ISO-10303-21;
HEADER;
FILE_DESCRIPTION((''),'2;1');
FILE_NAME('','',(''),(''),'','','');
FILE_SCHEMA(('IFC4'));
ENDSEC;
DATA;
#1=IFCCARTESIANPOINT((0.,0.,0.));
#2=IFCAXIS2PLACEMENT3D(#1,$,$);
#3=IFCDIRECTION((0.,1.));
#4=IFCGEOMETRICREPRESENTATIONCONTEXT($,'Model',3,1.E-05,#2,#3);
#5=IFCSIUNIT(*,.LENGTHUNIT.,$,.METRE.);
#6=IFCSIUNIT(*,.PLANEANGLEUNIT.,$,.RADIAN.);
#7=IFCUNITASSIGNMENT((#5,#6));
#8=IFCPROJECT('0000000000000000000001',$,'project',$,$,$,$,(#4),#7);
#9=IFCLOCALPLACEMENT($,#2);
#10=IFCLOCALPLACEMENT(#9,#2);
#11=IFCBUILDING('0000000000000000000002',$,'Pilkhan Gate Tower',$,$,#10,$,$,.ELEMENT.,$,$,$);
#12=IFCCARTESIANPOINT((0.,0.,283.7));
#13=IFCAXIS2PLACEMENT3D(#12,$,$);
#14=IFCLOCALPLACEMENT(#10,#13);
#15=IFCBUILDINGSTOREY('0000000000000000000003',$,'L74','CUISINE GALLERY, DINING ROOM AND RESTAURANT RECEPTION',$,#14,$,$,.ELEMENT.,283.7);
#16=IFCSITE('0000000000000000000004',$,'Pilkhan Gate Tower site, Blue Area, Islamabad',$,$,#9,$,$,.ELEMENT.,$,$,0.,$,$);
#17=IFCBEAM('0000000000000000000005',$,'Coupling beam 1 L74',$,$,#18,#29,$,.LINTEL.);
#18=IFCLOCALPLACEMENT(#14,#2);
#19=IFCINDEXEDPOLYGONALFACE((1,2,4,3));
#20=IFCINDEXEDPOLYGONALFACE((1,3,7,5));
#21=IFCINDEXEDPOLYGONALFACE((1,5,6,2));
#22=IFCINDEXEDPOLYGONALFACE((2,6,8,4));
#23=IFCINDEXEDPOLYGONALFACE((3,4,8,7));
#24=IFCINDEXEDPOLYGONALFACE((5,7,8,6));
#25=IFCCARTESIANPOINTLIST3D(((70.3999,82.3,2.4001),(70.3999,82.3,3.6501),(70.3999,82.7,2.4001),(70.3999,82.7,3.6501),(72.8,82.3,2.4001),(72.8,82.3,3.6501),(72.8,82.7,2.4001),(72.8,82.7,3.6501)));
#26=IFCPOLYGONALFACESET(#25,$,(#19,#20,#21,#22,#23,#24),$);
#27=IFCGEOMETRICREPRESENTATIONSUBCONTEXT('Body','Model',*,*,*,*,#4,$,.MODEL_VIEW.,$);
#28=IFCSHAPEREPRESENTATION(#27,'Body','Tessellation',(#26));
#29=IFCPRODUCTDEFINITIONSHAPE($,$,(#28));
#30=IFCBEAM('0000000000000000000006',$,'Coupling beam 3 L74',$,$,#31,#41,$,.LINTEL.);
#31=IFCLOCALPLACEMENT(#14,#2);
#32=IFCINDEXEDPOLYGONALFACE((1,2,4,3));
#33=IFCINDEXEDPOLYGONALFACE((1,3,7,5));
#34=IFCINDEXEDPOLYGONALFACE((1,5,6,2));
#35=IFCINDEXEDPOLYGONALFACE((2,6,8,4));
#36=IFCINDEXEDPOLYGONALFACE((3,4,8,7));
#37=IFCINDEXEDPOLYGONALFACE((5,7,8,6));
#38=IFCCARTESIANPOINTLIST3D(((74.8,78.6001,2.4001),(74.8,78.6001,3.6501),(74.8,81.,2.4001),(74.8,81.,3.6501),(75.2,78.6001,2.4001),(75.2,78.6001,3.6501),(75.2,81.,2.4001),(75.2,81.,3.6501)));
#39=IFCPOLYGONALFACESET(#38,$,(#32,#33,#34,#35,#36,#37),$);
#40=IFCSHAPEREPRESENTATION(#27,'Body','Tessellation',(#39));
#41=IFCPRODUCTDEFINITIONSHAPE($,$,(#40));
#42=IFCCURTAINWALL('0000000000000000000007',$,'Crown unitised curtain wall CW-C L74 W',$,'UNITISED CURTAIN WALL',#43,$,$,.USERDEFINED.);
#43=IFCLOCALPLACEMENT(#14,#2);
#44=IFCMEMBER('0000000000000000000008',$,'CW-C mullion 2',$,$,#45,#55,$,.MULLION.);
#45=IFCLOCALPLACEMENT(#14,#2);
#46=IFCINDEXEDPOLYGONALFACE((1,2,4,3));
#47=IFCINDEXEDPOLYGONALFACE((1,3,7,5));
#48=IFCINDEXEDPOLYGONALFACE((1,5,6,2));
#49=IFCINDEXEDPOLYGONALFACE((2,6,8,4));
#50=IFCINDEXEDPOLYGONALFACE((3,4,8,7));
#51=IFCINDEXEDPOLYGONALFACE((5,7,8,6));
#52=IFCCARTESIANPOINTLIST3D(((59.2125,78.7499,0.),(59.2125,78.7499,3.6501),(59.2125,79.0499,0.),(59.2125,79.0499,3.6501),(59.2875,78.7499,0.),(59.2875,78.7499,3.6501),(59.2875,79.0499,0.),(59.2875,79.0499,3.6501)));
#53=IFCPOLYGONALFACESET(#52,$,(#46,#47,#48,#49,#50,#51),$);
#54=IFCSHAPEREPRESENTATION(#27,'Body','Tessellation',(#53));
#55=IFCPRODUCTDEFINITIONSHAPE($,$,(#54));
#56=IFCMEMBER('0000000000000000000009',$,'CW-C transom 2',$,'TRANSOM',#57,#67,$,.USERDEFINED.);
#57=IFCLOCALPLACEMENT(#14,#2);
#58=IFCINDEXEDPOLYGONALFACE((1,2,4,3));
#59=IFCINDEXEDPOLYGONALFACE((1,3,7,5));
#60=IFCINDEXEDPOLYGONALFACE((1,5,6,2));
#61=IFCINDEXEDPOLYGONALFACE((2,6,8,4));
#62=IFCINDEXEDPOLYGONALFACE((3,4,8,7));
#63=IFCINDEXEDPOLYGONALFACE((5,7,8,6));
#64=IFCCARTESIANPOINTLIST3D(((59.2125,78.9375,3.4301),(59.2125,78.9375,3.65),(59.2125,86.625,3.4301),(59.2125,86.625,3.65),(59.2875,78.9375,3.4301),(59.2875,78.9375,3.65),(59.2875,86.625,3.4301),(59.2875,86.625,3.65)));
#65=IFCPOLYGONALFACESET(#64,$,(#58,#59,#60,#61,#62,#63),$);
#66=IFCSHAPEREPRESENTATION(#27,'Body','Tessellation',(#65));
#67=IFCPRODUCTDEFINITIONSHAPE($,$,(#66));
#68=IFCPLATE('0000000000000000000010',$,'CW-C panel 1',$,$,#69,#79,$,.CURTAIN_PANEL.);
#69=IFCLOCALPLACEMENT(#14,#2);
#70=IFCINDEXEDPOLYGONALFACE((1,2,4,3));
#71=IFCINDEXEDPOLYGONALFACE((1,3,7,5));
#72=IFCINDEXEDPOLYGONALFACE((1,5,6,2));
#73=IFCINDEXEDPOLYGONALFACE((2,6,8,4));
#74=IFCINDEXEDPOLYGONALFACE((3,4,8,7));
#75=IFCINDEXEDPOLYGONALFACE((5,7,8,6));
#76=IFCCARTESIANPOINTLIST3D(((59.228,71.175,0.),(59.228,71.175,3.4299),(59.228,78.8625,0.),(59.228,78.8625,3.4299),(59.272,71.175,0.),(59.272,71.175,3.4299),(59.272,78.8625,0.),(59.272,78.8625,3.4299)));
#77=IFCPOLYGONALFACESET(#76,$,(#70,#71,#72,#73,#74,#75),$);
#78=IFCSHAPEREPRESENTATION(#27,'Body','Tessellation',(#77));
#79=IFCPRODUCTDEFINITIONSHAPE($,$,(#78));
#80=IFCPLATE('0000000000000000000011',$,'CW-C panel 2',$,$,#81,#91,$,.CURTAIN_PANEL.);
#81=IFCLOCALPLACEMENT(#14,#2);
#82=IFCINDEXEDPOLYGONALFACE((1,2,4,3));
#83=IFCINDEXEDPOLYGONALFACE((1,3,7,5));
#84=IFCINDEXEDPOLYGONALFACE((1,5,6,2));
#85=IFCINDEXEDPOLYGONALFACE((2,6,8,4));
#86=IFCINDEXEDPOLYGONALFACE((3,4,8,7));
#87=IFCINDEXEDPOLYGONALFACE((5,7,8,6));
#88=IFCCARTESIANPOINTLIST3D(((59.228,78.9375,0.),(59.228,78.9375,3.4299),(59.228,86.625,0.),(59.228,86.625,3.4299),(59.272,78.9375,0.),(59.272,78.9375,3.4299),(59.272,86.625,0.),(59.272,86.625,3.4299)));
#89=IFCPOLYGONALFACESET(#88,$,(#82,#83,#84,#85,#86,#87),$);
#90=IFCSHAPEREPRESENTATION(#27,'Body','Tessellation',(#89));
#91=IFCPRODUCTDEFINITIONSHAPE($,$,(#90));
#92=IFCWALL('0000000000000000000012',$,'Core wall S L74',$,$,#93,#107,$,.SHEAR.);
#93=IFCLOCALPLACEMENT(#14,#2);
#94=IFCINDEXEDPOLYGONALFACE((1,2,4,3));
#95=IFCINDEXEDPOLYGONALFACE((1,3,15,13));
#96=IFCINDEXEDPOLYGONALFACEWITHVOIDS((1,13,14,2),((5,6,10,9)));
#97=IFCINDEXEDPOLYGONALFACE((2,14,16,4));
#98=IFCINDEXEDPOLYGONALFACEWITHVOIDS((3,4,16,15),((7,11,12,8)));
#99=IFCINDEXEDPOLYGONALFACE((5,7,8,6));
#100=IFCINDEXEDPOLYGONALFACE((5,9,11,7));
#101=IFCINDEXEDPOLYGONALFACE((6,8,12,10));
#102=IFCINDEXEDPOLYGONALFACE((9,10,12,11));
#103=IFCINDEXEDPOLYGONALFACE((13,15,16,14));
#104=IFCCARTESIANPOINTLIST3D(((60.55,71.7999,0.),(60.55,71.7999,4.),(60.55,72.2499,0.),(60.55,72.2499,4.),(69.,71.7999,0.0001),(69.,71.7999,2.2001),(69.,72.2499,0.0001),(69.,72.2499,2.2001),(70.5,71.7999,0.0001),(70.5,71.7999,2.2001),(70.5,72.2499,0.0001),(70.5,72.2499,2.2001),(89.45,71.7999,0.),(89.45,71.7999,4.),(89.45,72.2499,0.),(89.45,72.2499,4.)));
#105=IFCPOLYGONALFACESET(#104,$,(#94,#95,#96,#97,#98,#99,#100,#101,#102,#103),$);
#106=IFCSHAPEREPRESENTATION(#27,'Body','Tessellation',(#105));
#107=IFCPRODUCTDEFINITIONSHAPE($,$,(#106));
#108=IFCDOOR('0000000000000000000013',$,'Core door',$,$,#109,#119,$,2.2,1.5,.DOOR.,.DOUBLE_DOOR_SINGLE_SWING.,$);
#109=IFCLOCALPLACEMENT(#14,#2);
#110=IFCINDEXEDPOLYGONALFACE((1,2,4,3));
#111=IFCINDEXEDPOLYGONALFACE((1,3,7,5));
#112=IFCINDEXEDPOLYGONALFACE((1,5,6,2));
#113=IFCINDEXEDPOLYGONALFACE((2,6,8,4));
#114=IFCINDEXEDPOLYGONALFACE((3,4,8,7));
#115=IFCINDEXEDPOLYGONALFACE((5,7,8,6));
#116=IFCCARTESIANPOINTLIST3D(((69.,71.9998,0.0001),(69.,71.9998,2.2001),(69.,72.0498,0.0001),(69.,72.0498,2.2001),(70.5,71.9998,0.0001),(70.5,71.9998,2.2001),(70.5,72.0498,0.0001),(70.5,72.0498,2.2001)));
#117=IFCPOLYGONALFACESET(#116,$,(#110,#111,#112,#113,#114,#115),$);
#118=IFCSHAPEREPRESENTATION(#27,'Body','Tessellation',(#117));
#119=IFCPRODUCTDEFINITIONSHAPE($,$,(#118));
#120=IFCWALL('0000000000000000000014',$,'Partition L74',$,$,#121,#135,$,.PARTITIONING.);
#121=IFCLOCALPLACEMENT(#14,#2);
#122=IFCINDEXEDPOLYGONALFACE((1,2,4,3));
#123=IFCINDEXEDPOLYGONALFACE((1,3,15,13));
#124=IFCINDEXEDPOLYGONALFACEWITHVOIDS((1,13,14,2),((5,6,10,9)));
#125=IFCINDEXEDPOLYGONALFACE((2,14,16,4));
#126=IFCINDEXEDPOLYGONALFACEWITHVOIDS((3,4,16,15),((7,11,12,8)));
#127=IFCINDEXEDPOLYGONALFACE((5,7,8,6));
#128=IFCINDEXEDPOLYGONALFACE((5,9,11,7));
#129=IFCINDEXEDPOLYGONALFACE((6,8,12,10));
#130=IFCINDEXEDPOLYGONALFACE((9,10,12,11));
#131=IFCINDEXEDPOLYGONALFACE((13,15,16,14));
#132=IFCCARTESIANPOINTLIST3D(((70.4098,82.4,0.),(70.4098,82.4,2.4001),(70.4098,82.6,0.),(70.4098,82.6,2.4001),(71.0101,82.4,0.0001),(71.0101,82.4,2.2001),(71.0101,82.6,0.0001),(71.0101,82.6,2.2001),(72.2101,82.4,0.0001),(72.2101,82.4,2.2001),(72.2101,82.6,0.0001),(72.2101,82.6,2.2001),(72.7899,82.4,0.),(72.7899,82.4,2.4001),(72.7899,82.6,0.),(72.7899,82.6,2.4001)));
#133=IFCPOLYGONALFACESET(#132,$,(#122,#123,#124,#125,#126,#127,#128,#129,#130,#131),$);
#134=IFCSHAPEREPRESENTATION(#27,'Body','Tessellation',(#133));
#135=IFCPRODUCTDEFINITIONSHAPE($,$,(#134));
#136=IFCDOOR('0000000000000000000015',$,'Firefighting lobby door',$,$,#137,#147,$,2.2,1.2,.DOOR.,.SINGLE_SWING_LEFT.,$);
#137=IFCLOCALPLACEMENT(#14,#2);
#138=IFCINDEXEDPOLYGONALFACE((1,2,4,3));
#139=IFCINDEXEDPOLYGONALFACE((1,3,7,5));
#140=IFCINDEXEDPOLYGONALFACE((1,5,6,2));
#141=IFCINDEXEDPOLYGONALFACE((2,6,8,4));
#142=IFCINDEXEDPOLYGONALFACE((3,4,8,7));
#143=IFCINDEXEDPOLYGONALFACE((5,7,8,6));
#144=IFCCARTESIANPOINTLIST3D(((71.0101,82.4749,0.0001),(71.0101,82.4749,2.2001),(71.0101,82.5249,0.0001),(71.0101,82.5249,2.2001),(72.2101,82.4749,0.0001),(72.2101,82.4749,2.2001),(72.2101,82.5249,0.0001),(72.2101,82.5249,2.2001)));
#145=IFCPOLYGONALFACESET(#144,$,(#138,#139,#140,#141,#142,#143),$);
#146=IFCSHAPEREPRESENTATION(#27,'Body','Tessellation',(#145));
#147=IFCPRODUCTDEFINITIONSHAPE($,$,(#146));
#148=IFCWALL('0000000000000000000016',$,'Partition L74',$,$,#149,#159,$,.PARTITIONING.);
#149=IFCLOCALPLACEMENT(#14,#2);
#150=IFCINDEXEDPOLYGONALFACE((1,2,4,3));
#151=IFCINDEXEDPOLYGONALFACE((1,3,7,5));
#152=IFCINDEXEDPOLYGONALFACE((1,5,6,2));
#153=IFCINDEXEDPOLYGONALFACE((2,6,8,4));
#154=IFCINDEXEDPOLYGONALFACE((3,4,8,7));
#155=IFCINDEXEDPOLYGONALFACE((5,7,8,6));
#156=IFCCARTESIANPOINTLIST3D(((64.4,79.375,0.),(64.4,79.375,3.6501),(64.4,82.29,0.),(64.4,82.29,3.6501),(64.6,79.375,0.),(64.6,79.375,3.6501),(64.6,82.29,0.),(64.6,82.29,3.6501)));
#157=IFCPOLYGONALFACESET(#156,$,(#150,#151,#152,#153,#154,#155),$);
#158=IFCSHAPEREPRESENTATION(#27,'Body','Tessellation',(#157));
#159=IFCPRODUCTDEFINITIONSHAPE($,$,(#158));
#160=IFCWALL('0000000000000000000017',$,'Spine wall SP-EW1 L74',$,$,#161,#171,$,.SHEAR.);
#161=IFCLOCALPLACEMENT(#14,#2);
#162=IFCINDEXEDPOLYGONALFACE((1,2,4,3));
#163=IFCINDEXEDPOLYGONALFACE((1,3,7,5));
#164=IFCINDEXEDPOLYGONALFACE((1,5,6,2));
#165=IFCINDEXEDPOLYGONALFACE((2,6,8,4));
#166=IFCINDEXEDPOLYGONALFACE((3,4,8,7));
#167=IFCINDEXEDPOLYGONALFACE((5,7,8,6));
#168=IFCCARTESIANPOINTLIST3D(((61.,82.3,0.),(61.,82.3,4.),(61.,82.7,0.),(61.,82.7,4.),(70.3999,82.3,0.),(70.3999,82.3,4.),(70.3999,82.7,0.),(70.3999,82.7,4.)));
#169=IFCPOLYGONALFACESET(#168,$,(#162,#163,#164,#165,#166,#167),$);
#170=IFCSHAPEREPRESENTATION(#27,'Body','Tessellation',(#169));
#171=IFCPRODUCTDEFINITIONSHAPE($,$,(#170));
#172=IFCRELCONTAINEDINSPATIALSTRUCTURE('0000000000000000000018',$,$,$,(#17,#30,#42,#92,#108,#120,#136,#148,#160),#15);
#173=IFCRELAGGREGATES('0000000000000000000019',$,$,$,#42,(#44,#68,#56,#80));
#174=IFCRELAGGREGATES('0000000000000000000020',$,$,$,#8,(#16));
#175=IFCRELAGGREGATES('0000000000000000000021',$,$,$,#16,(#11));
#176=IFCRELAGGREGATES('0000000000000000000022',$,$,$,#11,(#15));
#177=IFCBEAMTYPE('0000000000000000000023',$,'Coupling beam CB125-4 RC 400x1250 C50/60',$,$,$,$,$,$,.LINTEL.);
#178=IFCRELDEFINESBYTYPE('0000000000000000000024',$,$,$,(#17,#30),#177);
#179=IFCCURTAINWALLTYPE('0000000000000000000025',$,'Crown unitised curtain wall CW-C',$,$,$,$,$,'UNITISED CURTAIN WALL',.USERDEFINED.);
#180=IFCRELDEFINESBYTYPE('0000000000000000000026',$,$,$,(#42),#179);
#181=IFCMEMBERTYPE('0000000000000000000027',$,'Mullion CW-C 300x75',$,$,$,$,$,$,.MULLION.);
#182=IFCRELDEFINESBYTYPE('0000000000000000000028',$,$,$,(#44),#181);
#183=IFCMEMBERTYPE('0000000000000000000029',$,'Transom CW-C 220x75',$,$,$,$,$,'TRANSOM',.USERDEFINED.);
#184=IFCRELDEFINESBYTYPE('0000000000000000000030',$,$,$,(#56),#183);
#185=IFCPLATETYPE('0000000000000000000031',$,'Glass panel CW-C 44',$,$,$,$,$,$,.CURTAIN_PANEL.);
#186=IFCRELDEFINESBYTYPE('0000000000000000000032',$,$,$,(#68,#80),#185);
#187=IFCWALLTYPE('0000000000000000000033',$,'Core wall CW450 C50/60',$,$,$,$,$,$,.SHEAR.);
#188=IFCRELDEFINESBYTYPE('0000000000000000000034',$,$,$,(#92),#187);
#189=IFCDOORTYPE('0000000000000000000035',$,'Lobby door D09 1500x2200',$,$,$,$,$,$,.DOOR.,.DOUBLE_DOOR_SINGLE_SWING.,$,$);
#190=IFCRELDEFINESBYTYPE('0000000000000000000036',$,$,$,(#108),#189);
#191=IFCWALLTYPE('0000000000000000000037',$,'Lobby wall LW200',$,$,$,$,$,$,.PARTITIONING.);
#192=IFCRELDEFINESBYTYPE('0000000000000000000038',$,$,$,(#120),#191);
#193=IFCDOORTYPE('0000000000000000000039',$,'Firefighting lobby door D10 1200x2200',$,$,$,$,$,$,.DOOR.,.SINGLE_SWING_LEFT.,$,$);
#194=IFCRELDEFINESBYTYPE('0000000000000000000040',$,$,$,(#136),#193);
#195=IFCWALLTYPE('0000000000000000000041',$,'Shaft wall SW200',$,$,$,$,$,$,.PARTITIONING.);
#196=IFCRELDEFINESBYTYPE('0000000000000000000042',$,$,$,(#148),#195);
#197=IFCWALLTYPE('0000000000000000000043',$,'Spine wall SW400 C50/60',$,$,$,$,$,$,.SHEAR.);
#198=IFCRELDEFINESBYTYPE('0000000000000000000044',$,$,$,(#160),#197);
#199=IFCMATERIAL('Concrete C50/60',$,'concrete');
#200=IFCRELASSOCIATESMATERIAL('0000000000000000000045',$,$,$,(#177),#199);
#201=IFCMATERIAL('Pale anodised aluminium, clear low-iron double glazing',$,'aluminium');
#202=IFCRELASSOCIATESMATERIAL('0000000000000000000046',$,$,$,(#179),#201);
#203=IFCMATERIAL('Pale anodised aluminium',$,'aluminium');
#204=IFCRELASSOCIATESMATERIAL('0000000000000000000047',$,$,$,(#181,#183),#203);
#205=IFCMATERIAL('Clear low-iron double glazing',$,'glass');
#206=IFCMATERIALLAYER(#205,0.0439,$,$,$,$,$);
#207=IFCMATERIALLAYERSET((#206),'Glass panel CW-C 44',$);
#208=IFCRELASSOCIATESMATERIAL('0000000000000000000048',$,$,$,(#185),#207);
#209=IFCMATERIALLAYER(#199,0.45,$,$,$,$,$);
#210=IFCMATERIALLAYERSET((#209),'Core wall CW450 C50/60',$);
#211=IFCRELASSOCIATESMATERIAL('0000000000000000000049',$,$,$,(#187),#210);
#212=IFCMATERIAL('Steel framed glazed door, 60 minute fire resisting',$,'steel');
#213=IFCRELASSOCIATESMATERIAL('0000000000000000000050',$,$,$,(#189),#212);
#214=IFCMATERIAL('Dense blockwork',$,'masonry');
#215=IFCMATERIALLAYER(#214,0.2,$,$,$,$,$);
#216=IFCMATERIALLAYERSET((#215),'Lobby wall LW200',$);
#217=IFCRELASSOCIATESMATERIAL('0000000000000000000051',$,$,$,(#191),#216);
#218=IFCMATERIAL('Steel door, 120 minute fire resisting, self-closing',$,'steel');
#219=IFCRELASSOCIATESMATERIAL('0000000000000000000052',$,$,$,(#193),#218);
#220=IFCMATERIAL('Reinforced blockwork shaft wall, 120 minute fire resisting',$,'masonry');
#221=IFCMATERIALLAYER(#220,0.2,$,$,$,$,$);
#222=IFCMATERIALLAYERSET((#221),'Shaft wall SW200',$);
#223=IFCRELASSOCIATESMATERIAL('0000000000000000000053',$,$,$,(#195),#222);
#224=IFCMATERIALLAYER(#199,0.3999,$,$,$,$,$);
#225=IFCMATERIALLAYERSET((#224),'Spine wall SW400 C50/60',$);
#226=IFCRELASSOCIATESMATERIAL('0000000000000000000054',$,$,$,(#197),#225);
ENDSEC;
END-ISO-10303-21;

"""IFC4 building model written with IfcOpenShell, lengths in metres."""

from ifc_helpers import new_model, si_unit, direction, frame, frame_2d, origin, origin_2d, place, context, subcontext, project, spatial, rectangle, extrude, material, layer, layer_set, material_profile, profile_set, type_object, element, fill, aggregate, save


model = new_model("IFC4")

# Units and contexts
model_context = context("Model", 3, precision=1e-05, world=origin(), true_north=direction((0.0, 1.0)))
body_context = subcontext(model_context, "Body", "Model", "MODEL_VIEW")
ifc_project = project(units=[si_unit("LENGTHUNIT", "METRE"), si_unit("PLANEANGLEUNIT", "RADIAN")], contexts=[model_context])

# Site, building, storey
site_placement = place(None, origin())
site = spatial("IfcSite", under=ifc_project, at=site_placement, Name="Pilkhan Gate Tower site, Blue Area, Islamabad", CompositionType="ELEMENT", RefElevation=0.0)
building_placement = place(site_placement, origin())
building = spatial("IfcBuilding", under=site, at=building_placement, Name="Pilkhan Gate Tower", CompositionType="ELEMENT")
storey_placement = place(building_placement, frame((0.0, 0.0, 283.7)))
storey = spatial("IfcBuildingStorey", under=building, at=storey_placement, Name="L74", Description="CUISINE GALLERY, DINING ROOM AND RESTAURANT RECEPTION", CompositionType="ELEMENT", Elevation=283.7)

# Beams
ifc_material_1 = material(Name="Concrete C50/60", Category="concrete")
ifc_material_profile_1 = material_profile(ifc_material_1, rectangle(XDim=0.3999, YDim=1.25, at=origin_2d()), Name="RC 400x1250")
ifc_profile_set_1 = profile_set([ifc_material_profile_1], Name="Concrete C50/60")
beam_type = type_object("IfcBeamType", Name="Coupling beam CB125-4 RC 400x1250 C50/60", PredefinedType="LINTEL", material=ifc_profile_set_1)
beam_1_placement = place(storey_placement, frame((70.3999, 82.5, 3.0251), z_axis=(1.0, 0.0, 0.0), x_axis=(0.0, 1.0, 0.0)))
element("IfcBeam", 1, at=beam_1_placement, inside=storey, type_object=beam_type, Name="Coupling beam 1 L74", PredefinedType="LINTEL", context=body_context, shape_type="SweptSolid", body=[
    extrude(rectangle(XDim=0.3999, YDim=1.25, at=origin_2d()), origin(), (0.0, 0.0, 1.0), 2.4001),
])
beam_2_placement = place(storey_placement, frame((75.0, 78.6001, 3.0251), z_axis=(0.0, 1.0, 0.0), x_axis=(-1.0, 0.0, 0.0)))
element("IfcBeam", 2, at=beam_2_placement, inside=storey, type_object=beam_type, Name="Coupling beam 3 L74", PredefinedType="LINTEL", context=body_context, shape_type="SweptSolid", body=[
    extrude(rectangle(XDim=0.3999, YDim=1.25, at=origin_2d()), origin(), (0.0, 0.0, 1.0), 2.3999),
])

# Curtain wall, members, plates
ifc_material_2 = material(Name="Pale anodised aluminium, clear low-iron double glazing", Category="aluminium")
curtain_wall_type = type_object("IfcCurtainWallType", Name="Crown unitised curtain wall CW-C", ElementType="UNITISED CURTAIN WALL", PredefinedType="USERDEFINED", material=ifc_material_2)
curtain_wall_placement = place(storey_placement, origin())
curtain_wall = element("IfcCurtainWall", 3, at=curtain_wall_placement, inside=storey, type_object=curtain_wall_type, Name="Crown unitised curtain wall CW-C L74 W", ObjectType="UNITISED CURTAIN WALL", PredefinedType="USERDEFINED")
ifc_material_3 = material(Name="Pale anodised aluminium", Category="aluminium")
ifc_material_profile_2 = material_profile(ifc_material_3, rectangle(XDim=0.075, YDim=0.3, at=origin_2d()), Name="Mullion 300x75")
ifc_profile_set_2 = profile_set([ifc_material_profile_2], Name="Pale anodised aluminium")
member_type_1 = type_object("IfcMemberType", Name="Mullion CW-C 300x75", PredefinedType="MULLION", material=ifc_profile_set_2)
member_1_placement = place(storey_placement, frame((59.25, 78.8999, 0.0), z_axis=(0.0, 0.0, 1.0), x_axis=(-1.0, 0.0, 0.0)))
member_1 = element("IfcMember", 4, at=member_1_placement, type_object=member_type_1, Name="CW-C mullion 2", PredefinedType="MULLION", context=body_context, shape_type="SweptSolid", body=[
    extrude(rectangle(XDim=0.075, YDim=0.3, at=origin_2d()), origin(), (0.0, 0.0, 1.0), 3.6501),
])
ifc_material_profile_3 = material_profile(ifc_material_3, rectangle(XDim=0.075, YDim=0.22, at=origin_2d()), Name="Transom 220x75")
ifc_profile_set_3 = profile_set([ifc_material_profile_3], Name="Pale anodised aluminium")
member_type_2 = type_object("IfcMemberType", Name="Transom CW-C 220x75", ElementType="TRANSOM", PredefinedType="USERDEFINED", material=ifc_profile_set_3)
member_2_placement = place(storey_placement, frame((59.25, 78.9375, 3.54), z_axis=(0.0, 1.0, 0.0), x_axis=(-1.0, 0.0, 0.0)))
member_2 = element("IfcMember", 5, at=member_2_placement, type_object=member_type_2, Name="CW-C transom 2", ObjectType="TRANSOM", PredefinedType="USERDEFINED", context=body_context, shape_type="SweptSolid", body=[
    extrude(rectangle(XDim=0.075, YDim=0.22, at=origin_2d()), origin(), (0.0, 0.0, 1.0), 7.6875),
])
ifc_material_4 = material(Name="Clear low-iron double glazing", Category="glass")
ifc_layer_1 = layer(ifc_material_4, 0.0439)
ifc_layer_set_1 = layer_set([ifc_layer_1], Name="Glass panel CW-C 44")
plate_type = type_object("IfcPlateType", Name="Glass panel CW-C 44", PredefinedType="CURTAIN_PANEL", material=ifc_layer_set_1)
plate_1_placement = place(storey_placement, frame((59.25, 75.0188, 0.0), z_axis=(0.0, 0.0, 1.0), x_axis=(0.0, 1.0, 0.0)))
plate_1 = element("IfcPlate", 6, at=plate_1_placement, type_object=plate_type, Name="CW-C panel 1", PredefinedType="CURTAIN_PANEL", context=body_context, shape_type="SweptSolid", body=[
    extrude(rectangle(XDim=7.6875, YDim=0.0439, at=origin_2d()), origin(), (0.0, 0.0, 1.0), 3.4299),
])
plate_2_placement = place(storey_placement, frame((59.25, 82.7812, 0.0), z_axis=(0.0, 0.0, 1.0), x_axis=(0.0, 1.0, 0.0)))
plate_2 = element("IfcPlate", 7, at=plate_2_placement, type_object=plate_type, Name="CW-C panel 2", PredefinedType="CURTAIN_PANEL", context=body_context, shape_type="SweptSolid", body=[
    extrude(rectangle(XDim=7.6875, YDim=0.0439, at=origin_2d()), origin(), (0.0, 0.0, 1.0), 3.4299),
])
aggregate(curtain_wall, [member_1, plate_1, member_2, plate_2])

# Walls, openings, doors
ifc_layer_2 = layer(ifc_material_1, 0.45)
ifc_layer_set_2 = layer_set([ifc_layer_2], Name="Core wall CW450 C50/60")
wall_type_1 = type_object("IfcWallType", Name="Core wall CW450 C50/60", PredefinedType="SHEAR", material=ifc_layer_set_2)
wall_1_placement = place(storey_placement, frame((60.55, 72.0249, 0.0), z_axis=(0.0, 0.0, 1.0), x_axis=(1.0, 0.0, 0.0)))
wall_1 = element("IfcWall", 8, at=wall_1_placement, inside=storey, type_object=wall_type_1, Name="Core wall S L74", PredefinedType="SHEAR", context=body_context, shape_type="SweptSolid", body=[
    extrude(rectangle(XDim=28.8999, YDim=0.45, at=frame_2d((14.45, 0.0))), origin(), (0.0, 0.0, 1.0), 4.0),
])
opening_1_placement = place(wall_1_placement, frame((8.45, 0.0, 0.0)))
opening_1 = element("IfcOpeningElement", 9, at=opening_1_placement, cuts=wall_1, PredefinedType="OPENING", context=body_context, shape_type="SweptSolid", body=[
    extrude(rectangle(XDim=1.5, YDim=2.2, at=frame_2d((0.75, 1.1001))), frame((0.0, 0.2349, 0.0), z_axis=(0.0, -1.0, 0.0), x_axis=(1.0, 0.0, 0.0)), (0.0, 0.0, 1.0), 0.47),
])
ifc_material_5 = material(Name="Steel framed glazed door, 60 minute fire resisting", Category="steel")
door_type_1 = type_object("IfcDoorType", Name="Lobby door D09 1500x2200", OperationType="DOUBLE_DOOR_SINGLE_SWING", PredefinedType="DOOR", material=ifc_material_5)
door_1_placement = place(opening_1_placement, origin())
door_1 = element("IfcDoor", 10, at=door_1_placement, inside=storey, type_object=door_type_1, Name="Core door", OperationType="DOUBLE_DOOR_SINGLE_SWING", OverallHeight=2.2, OverallWidth=1.5, PredefinedType="DOOR", context=body_context, shape_type="SweptSolid", body=[
    extrude(rectangle(XDim=1.5, YDim=2.2, at=frame_2d((0.75, 1.1001))), frame((0.0, 0.0249, 0.0), z_axis=(0.0, -1.0, 0.0), x_axis=(1.0, 0.0, 0.0)), (0.0, 0.0, 1.0), 0.05),
])
fill(opening_1, door_1)
ifc_material_6 = material(Name="Dense blockwork", Category="masonry")
ifc_layer_3 = layer(ifc_material_6, 0.2)
ifc_layer_set_3 = layer_set([ifc_layer_3], Name="Lobby wall LW200")
wall_type_2 = type_object("IfcWallType", Name="Lobby wall LW200", PredefinedType="PARTITIONING", material=ifc_layer_set_3)
wall_2_placement = place(storey_placement, frame((70.4099, 82.5, 0.0), z_axis=(0.0, 0.0, 1.0), x_axis=(1.0, 0.0, 0.0)))
wall_2 = element("IfcWall", 11, at=wall_2_placement, inside=storey, type_object=wall_type_2, Name="Partition L74", PredefinedType="PARTITIONING", context=body_context, shape_type="SweptSolid", body=[
    extrude(rectangle(XDim=2.3801, YDim=0.2, at=frame_2d((1.1899, 0.0))), origin(), (0.0, 0.0, 1.0), 2.4001),
])
opening_2_placement = place(wall_2_placement, frame((0.6001, 0.0, 0.0)))
opening_2 = element("IfcOpeningElement", 12, at=opening_2_placement, cuts=wall_2, PredefinedType="OPENING", context=body_context, shape_type="SweptSolid", body=[
    extrude(rectangle(XDim=1.2, YDim=2.2, at=frame_2d((0.6001, 1.1001))), frame((0.0, 0.1099, 0.0), z_axis=(0.0, -1.0, 0.0), x_axis=(1.0, 0.0, 0.0)), (0.0, 0.0, 1.0), 0.22),
])
ifc_material_7 = material(Name="Steel door, 120 minute fire resisting, self-closing", Category="steel")
door_type_2 = type_object("IfcDoorType", Name="Firefighting lobby door D10 1200x2200", OperationType="SINGLE_SWING_LEFT", PredefinedType="DOOR", material=ifc_material_7)
door_2_placement = place(opening_2_placement, origin())
door_2 = element("IfcDoor", 13, at=door_2_placement, inside=storey, type_object=door_type_2, Name="Firefighting lobby door", OperationType="SINGLE_SWING_LEFT", OverallHeight=2.2, OverallWidth=1.2, PredefinedType="DOOR", context=body_context, shape_type="SweptSolid", body=[
    extrude(rectangle(XDim=1.2, YDim=2.2, at=frame_2d((0.6001, 1.1001))), frame((0.0, 0.0249, 0.0), z_axis=(0.0, -1.0, 0.0), x_axis=(1.0, 0.0, 0.0)), (0.0, 0.0, 1.0), 0.05),
])
fill(opening_2, door_2)

# Walls
ifc_material_8 = material(Name="Reinforced blockwork shaft wall, 120 minute fire resisting", Category="masonry")
ifc_layer_4 = layer(ifc_material_8, 0.2)
ifc_layer_set_4 = layer_set([ifc_layer_4], Name="Shaft wall SW200")
wall_type_3 = type_object("IfcWallType", Name="Shaft wall SW200", PredefinedType="PARTITIONING", material=ifc_layer_set_4)
wall_3_placement = place(storey_placement, frame((64.5, 79.375, 0.0), z_axis=(0.0, 0.0, 1.0), x_axis=(0.0, 1.0, 0.0)))
element("IfcWall", 14, at=wall_3_placement, inside=storey, type_object=wall_type_3, Name="Partition L74", PredefinedType="PARTITIONING", context=body_context, shape_type="SweptSolid", body=[
    extrude(rectangle(XDim=2.915, YDim=0.2, at=frame_2d((1.4575, 0.0))), origin(), (0.0, 0.0, 1.0), 3.6501),
])
ifc_layer_5 = layer(ifc_material_1, 0.3999)
ifc_layer_set_5 = layer_set([ifc_layer_5], Name="Spine wall SW400 C50/60")
wall_type_4 = type_object("IfcWallType", Name="Spine wall SW400 C50/60", PredefinedType="SHEAR", material=ifc_layer_set_5)
wall_4_placement = place(storey_placement, frame((61.0, 82.5, 0.0), z_axis=(0.0, 0.0, 1.0), x_axis=(1.0, 0.0, 0.0)))
element("IfcWall", 15, at=wall_4_placement, inside=storey, type_object=wall_type_4, Name="Spine wall SP-EW1 L74", PredefinedType="SHEAR", context=body_context, shape_type="SweptSolid", body=[
    extrude(rectangle(XDim=9.3999, YDim=0.3999, at=frame_2d((4.7, 0.0))), origin(), (0.0, 0.0, 1.0), 4.0),
])

save(model, "model.ifc")
